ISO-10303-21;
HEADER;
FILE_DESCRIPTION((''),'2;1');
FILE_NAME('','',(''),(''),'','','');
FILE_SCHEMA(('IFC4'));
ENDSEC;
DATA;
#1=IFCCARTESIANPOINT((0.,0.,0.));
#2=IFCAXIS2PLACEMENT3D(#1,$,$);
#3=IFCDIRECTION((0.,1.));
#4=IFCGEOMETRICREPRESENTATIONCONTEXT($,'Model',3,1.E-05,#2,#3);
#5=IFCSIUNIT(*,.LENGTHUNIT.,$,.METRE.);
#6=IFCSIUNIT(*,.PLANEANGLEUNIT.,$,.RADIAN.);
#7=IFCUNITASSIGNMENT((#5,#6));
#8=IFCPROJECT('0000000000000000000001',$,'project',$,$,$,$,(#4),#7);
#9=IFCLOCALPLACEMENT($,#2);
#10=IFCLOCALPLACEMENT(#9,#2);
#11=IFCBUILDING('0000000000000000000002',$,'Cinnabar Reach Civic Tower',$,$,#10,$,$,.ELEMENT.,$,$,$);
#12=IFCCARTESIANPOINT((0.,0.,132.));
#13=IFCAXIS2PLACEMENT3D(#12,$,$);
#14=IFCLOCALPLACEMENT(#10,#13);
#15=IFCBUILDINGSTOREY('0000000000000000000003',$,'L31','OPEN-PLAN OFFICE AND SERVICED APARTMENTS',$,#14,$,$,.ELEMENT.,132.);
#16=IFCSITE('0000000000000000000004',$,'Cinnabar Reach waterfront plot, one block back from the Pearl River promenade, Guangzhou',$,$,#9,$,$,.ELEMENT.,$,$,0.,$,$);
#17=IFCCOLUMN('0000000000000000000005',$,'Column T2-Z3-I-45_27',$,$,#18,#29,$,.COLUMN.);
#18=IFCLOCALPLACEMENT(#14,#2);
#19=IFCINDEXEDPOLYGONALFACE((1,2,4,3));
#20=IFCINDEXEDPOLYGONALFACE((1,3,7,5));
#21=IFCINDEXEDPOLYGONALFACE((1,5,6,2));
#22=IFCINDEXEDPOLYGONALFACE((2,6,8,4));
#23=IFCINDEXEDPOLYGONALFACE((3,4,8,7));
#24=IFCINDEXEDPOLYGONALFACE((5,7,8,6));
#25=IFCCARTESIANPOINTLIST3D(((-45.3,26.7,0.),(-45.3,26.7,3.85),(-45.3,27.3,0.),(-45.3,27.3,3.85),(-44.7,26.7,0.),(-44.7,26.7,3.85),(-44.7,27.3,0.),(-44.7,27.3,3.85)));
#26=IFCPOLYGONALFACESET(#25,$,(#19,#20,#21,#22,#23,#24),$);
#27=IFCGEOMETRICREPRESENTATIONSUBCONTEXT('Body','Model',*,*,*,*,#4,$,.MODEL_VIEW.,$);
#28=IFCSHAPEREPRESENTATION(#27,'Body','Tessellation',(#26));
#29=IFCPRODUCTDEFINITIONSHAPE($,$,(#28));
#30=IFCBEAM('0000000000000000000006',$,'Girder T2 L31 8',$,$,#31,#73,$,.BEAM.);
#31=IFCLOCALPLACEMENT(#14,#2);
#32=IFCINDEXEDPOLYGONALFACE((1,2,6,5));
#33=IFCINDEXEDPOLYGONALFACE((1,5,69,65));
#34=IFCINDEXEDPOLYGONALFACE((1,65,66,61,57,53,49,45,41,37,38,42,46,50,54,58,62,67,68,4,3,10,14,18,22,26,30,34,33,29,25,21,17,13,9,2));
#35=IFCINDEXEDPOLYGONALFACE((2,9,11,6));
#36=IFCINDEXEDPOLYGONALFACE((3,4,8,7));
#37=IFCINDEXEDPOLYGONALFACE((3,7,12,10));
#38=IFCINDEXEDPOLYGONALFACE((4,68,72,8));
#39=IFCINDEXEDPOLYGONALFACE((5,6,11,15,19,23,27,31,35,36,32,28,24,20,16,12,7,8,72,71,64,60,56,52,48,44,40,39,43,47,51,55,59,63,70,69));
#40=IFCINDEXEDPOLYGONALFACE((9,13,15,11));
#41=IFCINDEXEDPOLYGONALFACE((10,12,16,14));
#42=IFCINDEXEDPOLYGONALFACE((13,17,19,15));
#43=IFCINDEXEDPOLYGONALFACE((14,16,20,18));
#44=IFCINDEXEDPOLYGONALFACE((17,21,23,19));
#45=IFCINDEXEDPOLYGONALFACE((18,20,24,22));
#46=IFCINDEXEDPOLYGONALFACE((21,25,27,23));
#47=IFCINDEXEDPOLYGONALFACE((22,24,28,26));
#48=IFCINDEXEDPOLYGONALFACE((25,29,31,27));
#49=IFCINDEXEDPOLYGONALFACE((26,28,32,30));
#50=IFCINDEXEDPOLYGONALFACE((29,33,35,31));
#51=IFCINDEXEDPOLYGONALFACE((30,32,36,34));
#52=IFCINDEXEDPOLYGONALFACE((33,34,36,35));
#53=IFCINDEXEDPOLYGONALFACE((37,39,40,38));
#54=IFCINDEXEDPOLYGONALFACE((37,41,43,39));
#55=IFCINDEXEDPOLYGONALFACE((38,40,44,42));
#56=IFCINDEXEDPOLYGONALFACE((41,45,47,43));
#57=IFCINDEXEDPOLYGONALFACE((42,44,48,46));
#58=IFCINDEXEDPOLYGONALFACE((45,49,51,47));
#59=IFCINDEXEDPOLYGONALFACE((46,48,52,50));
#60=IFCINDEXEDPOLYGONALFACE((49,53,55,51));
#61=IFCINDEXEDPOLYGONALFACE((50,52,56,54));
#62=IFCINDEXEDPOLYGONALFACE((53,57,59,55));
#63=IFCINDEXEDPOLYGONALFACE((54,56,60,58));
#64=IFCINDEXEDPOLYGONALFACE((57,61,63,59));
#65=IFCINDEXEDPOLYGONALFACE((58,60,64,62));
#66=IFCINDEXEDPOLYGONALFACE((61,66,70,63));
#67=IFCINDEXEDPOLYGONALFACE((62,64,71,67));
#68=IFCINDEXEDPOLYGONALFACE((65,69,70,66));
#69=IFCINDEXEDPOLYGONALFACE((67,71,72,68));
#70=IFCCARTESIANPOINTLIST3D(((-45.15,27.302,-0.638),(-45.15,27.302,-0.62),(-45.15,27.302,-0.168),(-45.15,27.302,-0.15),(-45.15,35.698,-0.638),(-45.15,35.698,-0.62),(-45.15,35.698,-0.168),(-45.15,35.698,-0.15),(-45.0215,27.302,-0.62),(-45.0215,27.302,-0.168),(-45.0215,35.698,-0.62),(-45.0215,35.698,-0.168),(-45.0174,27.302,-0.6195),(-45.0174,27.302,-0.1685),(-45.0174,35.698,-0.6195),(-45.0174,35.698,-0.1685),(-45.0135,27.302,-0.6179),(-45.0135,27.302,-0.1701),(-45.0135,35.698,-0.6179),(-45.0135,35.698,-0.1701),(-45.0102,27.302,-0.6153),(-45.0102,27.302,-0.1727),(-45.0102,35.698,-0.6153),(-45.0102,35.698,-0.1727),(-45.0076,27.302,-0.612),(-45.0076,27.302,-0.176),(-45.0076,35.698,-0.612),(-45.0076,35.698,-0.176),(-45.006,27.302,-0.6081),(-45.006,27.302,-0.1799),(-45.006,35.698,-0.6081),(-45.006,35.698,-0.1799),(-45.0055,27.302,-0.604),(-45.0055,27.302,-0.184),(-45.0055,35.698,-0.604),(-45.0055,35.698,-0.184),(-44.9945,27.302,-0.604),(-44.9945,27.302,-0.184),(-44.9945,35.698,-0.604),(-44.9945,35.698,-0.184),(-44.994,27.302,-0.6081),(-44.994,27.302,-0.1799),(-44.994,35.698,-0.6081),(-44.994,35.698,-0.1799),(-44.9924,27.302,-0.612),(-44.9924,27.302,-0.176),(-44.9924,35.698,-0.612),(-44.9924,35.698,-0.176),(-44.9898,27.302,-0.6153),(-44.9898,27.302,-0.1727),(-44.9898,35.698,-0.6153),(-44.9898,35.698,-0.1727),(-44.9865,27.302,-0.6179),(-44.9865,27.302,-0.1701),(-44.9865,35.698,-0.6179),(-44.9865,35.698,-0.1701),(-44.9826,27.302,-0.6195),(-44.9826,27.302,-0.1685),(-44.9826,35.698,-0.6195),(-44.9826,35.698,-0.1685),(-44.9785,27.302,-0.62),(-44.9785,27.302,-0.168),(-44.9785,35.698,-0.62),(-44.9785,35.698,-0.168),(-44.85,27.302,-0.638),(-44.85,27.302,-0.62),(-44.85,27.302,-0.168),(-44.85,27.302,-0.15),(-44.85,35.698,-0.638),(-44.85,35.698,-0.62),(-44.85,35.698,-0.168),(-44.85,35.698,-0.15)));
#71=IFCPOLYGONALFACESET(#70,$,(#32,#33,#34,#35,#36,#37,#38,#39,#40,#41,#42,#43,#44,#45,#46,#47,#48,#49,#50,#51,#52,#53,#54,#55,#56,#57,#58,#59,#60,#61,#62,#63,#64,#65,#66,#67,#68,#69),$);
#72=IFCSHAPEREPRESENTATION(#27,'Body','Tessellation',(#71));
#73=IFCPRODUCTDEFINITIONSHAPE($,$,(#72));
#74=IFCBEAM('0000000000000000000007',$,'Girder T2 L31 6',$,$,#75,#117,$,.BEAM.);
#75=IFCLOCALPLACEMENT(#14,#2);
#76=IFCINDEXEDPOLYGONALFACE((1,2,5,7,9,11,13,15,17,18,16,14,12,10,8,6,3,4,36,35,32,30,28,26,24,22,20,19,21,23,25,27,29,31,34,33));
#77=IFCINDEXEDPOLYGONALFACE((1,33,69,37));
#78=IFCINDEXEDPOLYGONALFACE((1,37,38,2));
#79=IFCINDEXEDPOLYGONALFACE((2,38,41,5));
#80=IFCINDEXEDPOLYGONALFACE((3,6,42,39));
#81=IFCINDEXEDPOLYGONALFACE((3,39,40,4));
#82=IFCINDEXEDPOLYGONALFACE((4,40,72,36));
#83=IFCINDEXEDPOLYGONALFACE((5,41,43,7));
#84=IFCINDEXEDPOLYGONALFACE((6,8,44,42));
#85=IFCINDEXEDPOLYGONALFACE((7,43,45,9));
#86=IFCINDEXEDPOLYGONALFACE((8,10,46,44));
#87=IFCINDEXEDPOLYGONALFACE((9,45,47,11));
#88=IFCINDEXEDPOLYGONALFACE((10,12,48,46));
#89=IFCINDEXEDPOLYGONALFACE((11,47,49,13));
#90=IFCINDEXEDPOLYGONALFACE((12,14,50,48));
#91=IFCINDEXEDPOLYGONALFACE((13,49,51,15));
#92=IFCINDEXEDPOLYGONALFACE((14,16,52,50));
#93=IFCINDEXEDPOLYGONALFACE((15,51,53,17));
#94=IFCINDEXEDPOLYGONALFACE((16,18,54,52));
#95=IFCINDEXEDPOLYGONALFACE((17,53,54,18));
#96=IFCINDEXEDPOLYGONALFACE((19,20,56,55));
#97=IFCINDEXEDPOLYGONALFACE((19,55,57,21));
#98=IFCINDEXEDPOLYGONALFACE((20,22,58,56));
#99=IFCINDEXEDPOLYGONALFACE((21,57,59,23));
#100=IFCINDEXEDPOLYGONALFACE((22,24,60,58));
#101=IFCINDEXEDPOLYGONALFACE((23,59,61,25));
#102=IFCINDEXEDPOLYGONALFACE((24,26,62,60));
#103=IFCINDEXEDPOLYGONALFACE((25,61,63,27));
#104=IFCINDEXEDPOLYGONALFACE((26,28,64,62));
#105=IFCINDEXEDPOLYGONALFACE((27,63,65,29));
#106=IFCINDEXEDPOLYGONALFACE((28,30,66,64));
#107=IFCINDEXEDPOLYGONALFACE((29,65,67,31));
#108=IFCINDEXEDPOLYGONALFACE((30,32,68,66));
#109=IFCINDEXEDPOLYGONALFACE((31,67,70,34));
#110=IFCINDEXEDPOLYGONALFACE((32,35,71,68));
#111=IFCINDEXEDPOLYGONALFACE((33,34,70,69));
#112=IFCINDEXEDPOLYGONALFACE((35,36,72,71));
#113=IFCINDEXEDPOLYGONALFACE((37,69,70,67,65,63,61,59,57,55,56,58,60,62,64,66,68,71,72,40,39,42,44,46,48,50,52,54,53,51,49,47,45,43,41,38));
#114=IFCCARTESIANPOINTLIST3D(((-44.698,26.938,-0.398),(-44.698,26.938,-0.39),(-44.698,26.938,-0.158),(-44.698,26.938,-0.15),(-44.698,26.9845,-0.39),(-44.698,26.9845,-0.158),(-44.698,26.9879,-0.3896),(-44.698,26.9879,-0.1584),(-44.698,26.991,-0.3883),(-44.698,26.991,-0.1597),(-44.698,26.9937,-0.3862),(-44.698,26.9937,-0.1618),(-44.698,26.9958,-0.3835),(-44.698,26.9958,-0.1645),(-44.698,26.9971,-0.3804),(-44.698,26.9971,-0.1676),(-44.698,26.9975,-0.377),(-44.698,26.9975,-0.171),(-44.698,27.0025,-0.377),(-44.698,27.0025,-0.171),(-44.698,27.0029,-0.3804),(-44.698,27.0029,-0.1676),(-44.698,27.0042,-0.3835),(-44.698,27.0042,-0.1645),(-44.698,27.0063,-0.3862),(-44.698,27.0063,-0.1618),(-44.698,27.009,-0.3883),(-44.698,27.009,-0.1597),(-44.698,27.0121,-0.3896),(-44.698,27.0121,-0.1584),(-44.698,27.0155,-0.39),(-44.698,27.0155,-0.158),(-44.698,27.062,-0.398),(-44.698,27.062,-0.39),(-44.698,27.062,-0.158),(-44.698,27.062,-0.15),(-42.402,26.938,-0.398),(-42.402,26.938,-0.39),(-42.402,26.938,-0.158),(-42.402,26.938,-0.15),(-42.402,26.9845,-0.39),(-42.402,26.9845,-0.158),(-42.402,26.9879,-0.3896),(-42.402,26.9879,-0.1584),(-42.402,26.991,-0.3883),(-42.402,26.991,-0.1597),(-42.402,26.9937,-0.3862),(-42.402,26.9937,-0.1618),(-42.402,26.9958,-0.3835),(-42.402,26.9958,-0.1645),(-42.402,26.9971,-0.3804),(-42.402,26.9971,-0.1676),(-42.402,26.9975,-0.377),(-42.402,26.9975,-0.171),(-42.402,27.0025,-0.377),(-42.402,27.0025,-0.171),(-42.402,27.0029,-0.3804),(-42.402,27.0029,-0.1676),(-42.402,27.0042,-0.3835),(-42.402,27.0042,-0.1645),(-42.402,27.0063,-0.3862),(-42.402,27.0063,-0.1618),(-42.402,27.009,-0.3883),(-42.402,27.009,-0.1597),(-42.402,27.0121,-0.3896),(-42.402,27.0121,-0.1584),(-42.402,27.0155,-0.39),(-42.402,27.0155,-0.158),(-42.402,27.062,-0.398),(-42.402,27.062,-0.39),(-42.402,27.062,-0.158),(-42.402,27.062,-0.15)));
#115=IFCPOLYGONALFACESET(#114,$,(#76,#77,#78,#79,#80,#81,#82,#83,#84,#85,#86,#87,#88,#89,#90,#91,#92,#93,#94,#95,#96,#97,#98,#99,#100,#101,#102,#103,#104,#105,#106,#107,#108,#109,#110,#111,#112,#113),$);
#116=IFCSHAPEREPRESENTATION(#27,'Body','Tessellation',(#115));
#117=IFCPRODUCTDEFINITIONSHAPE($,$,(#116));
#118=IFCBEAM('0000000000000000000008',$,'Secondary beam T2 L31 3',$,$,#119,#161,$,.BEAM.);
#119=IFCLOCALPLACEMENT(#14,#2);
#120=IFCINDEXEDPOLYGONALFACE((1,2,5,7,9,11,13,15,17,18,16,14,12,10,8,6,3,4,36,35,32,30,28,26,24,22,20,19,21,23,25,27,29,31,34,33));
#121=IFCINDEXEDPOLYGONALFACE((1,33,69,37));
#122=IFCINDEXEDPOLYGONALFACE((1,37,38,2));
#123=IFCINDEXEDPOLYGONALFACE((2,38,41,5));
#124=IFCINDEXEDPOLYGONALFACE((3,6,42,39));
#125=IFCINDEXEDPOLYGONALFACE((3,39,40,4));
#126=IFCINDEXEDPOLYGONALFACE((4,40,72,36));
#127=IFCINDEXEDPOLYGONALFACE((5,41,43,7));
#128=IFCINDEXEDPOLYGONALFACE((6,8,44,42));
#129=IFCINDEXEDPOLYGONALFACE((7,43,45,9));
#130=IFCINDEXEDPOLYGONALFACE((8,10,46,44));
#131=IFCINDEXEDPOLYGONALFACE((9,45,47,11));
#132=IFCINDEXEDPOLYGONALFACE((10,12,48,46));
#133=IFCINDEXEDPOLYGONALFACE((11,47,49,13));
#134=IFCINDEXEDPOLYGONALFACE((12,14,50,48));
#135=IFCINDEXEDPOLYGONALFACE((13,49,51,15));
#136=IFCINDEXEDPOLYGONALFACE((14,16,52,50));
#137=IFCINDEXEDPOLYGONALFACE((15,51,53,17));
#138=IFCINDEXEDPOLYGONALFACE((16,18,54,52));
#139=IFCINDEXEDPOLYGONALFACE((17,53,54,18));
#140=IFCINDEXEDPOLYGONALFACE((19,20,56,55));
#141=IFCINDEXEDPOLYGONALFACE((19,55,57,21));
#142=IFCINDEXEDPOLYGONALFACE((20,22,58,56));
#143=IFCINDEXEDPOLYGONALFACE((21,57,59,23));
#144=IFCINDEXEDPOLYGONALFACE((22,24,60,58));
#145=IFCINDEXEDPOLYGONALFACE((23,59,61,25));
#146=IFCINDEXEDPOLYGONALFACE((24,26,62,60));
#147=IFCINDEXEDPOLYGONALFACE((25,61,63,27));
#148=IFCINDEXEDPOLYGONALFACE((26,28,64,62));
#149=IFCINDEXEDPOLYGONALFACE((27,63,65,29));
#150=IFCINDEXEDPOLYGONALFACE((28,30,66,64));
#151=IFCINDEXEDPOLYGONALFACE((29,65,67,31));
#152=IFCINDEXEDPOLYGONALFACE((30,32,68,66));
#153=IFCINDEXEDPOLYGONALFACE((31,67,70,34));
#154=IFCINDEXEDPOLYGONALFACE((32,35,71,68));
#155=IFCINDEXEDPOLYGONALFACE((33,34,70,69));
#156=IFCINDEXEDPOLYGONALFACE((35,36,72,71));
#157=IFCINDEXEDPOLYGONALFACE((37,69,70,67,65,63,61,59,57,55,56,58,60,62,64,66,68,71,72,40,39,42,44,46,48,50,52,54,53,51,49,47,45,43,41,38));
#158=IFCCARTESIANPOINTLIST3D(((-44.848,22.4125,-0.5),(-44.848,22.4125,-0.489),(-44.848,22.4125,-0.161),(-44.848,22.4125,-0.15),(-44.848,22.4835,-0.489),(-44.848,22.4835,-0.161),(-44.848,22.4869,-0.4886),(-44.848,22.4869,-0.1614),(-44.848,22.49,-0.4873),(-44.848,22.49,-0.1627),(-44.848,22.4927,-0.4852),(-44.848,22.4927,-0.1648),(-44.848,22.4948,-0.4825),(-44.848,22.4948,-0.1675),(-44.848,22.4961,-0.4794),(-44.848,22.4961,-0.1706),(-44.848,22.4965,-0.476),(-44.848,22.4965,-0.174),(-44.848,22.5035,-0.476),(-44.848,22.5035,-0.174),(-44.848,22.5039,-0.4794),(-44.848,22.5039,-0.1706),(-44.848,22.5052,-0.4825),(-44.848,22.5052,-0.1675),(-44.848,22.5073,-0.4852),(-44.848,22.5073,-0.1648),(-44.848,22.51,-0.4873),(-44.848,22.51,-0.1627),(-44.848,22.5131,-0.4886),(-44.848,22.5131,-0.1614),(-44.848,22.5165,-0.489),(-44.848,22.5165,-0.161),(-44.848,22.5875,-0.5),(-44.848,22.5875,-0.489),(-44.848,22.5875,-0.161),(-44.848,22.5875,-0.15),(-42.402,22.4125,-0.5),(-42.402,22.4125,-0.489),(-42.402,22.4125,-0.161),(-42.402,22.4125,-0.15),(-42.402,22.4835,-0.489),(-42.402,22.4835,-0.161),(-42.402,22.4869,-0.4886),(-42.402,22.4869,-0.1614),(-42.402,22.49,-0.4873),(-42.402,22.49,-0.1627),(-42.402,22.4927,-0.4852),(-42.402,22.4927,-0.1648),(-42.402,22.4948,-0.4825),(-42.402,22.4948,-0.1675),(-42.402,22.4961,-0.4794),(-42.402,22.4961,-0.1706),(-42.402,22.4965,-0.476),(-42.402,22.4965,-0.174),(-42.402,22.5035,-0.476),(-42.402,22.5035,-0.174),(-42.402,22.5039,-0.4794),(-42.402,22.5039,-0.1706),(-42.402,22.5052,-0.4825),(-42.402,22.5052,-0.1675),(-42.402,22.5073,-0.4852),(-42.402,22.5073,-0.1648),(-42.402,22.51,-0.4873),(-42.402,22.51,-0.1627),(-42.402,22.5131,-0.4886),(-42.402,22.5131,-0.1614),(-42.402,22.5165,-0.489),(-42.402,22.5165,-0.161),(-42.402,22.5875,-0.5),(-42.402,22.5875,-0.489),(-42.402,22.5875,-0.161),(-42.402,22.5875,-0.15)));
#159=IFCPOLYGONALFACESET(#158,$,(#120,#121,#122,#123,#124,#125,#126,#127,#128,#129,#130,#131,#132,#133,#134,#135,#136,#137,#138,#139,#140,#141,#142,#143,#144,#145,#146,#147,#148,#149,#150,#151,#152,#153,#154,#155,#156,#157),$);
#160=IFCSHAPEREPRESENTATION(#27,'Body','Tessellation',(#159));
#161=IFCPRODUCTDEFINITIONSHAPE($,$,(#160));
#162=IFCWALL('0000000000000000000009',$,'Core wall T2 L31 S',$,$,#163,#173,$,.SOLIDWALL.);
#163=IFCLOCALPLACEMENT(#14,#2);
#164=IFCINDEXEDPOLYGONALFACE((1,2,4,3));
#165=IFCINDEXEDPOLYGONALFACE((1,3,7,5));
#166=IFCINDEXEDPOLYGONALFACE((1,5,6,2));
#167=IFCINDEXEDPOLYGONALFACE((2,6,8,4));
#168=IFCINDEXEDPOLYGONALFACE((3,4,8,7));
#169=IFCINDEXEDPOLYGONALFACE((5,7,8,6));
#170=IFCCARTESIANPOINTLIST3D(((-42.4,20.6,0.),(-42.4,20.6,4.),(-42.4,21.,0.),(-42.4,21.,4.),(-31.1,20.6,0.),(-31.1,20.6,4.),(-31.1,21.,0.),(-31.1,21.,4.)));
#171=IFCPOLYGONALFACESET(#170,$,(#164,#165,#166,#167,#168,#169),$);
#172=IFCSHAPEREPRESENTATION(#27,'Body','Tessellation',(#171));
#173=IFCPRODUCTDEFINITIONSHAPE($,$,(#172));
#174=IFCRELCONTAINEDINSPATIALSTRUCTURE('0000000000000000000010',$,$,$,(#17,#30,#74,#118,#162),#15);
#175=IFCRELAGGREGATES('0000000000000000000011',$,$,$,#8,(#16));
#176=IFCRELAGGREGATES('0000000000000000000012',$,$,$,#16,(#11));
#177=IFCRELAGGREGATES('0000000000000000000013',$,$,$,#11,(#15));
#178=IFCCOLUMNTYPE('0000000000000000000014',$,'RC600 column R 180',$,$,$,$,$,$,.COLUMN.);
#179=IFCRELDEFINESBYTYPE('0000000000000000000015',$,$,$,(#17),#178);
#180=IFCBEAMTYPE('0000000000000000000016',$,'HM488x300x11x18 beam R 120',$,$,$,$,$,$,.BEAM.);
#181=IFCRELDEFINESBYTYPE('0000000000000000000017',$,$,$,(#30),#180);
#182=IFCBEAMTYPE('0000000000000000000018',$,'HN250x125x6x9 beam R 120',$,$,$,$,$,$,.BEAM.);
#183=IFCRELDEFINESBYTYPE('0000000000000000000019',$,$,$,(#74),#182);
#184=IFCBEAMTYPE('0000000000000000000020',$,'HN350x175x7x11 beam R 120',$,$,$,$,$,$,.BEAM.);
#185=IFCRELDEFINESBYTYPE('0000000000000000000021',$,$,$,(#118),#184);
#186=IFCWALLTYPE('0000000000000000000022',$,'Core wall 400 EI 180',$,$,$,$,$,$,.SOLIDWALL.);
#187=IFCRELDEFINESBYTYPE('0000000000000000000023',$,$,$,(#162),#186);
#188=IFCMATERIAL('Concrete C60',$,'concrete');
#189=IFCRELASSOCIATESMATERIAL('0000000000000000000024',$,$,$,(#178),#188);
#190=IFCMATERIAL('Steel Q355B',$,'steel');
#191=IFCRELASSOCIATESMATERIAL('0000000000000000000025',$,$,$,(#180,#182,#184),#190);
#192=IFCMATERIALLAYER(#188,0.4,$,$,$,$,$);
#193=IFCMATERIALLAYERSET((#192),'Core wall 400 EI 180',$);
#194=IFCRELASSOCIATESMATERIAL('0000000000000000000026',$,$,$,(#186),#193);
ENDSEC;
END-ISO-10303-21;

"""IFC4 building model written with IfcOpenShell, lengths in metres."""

from ifc_helpers import new_model, si_unit, direction, frame, frame_2d, origin, origin_2d, place, context, subcontext, project, spatial, rectangle, i_section, extrude, material, layer, layer_set, material_profile, profile_set, type_object, element, save


model = new_model("IFC4")

# Units and contexts
model_context = context("Model", 3, precision=1e-05, world=origin(), true_north=direction((0.0, 1.0)))
body_context = subcontext(model_context, "Body", "Model", "MODEL_VIEW")
ifc_project = project(units=[si_unit("LENGTHUNIT", "METRE"), si_unit("PLANEANGLEUNIT", "RADIAN")], contexts=[model_context])

# Site, building, storey
site_placement = place(None, origin())
site = spatial("IfcSite", under=ifc_project, at=site_placement, Name="Cinnabar Reach waterfront plot, one block back from the Pearl River promenade, Guangzhou", CompositionType="ELEMENT", RefElevation=0.0)
building_placement = place(site_placement, origin())
building = spatial("IfcBuilding", under=site, at=building_placement, Name="Cinnabar Reach Civic Tower", CompositionType="ELEMENT")
storey_placement = place(building_placement, frame((0.0, 0.0, 132.0)))
storey = spatial("IfcBuildingStorey", under=building, at=storey_placement, Name="L31", Description="OPEN-PLAN OFFICE AND SERVICED APARTMENTS", CompositionType="ELEMENT", Elevation=132.0)

# Column
ifc_material_1 = material(Name="Concrete C60", Category="concrete")
ifc_material_profile_1 = material_profile(ifc_material_1, rectangle(XDim=0.6, YDim=0.6, at=origin_2d()), Name="RC600")
ifc_profile_set_1 = profile_set([ifc_material_profile_1], Name="Concrete C60")
column_type = type_object("IfcColumnType", Name="RC600 column R 180", PredefinedType="COLUMN", material=ifc_profile_set_1)
column_placement = place(storey_placement, frame((-45.0, 27.0, 0.0), z_axis=(0.0, 0.0, 1.0), x_axis=(1.0, 0.0, 0.0)))
element("IfcColumn", 1, at=column_placement, inside=storey, type_object=column_type, Name="Column T2-Z3-I-45_27", PredefinedType="COLUMN", context=body_context, shape_type="SweptSolid", body=[
    extrude(rectangle(XDim=0.6, YDim=0.6, at=origin_2d()), origin(), (0.0, 0.0, 1.0), 3.85),
])

# Beams
ifc_material_2 = material(Name="Steel Q355B", Category="steel")
ifc_material_profile_2 = material_profile(ifc_material_2, i_section(OverallWidth=0.3, OverallDepth=0.488, WebThickness=0.011, FlangeThickness=0.018, FilletRadius=0.016, at=origin_2d()), Name="HM488x300x11x18")
ifc_profile_set_2 = profile_set([ifc_material_profile_2], Name="Steel Q355B")
beam_type_1 = type_object("IfcBeamType", Name="HM488x300x11x18 beam R 120", PredefinedType="BEAM", material=ifc_profile_set_2)
beam_1_placement = place(storey_placement, frame((-45.0, 27.302, -0.394), z_axis=(0.0, 1.0, 0.0), x_axis=(-1.0, 0.0, 0.0)))
element("IfcBeam", 2, at=beam_1_placement, inside=storey, type_object=beam_type_1, Name="Girder T2 L31 8", PredefinedType="BEAM", context=body_context, shape_type="SweptSolid", body=[
    extrude(i_section(OverallWidth=0.3, OverallDepth=0.488, WebThickness=0.011, FlangeThickness=0.018, FilletRadius=0.016, at=origin_2d()), origin(), (0.0, 0.0, 1.0), 8.396),
])
ifc_material_profile_3 = material_profile(ifc_material_2, i_section(OverallWidth=0.124, OverallDepth=0.248, WebThickness=0.005, FlangeThickness=0.008, FilletRadius=0.013, at=origin_2d()), Name="HN250x125x6x9")
ifc_profile_set_3 = profile_set([ifc_material_profile_3], Name="Steel Q355B")
beam_type_2 = type_object("IfcBeamType", Name="HN250x125x6x9 beam R 120", PredefinedType="BEAM", material=ifc_profile_set_3)
beam_2_placement = place(storey_placement, frame((-44.698, 27.0, -0.274), z_axis=(1.0, 0.0, 0.0), x_axis=(0.0, 1.0, 0.0)))
element("IfcBeam", 3, at=beam_2_placement, inside=storey, type_object=beam_type_2, Name="Girder T2 L31 6", PredefinedType="BEAM", context=body_context, shape_type="SweptSolid", body=[
    extrude(i_section(OverallWidth=0.124, OverallDepth=0.248, WebThickness=0.005, FlangeThickness=0.008, FilletRadius=0.013, at=origin_2d()), origin(), (0.0, 0.0, 1.0), 2.296),
])
ifc_material_profile_4 = material_profile(ifc_material_2, i_section(OverallWidth=0.175, OverallDepth=0.35, WebThickness=0.007, FlangeThickness=0.011, FilletRadius=0.013, at=origin_2d()), Name="HN350x175x7x11")
ifc_profile_set_4 = profile_set([ifc_material_profile_4], Name="Steel Q355B")
beam_type_3 = type_object("IfcBeamType", Name="HN350x175x7x11 beam R 120", PredefinedType="BEAM", material=ifc_profile_set_4)
beam_3_placement = place(storey_placement, frame((-44.848, 22.5, -0.325), z_axis=(1.0, 0.0, 0.0), x_axis=(0.0, 1.0, 0.0)))
element("IfcBeam", 4, at=beam_3_placement, inside=storey, type_object=beam_type_3, Name="Secondary beam T2 L31 3", PredefinedType="BEAM", context=body_context, shape_type="SweptSolid", body=[
    extrude(i_section(OverallWidth=0.175, OverallDepth=0.35, WebThickness=0.007, FlangeThickness=0.011, FilletRadius=0.013, at=origin_2d()), origin(), (0.0, 0.0, 1.0), 2.446),
])

# Wall
ifc_layer_1 = layer(ifc_material_1, 0.4)
ifc_layer_set_1 = layer_set([ifc_layer_1], Name="Core wall 400 EI 180")
wall_type_1 = type_object("IfcWallType", Name="Core wall 400 EI 180", PredefinedType="SOLIDWALL", material=ifc_layer_set_1)
wall_1_placement = place(storey_placement, frame((-42.4, 20.8, 0.0), z_axis=(0.0, 0.0, 1.0), x_axis=(1.0, 0.0, 0.0)))
element("IfcWall", 5, at=wall_1_placement, inside=storey, type_object=wall_type_1, Name="Core wall T2 L31 S", PredefinedType="SOLIDWALL", context=body_context, shape_type="SweptSolid", body=[
    extrude(rectangle(XDim=11.3, YDim=0.4, at=frame_2d((5.65, 0.0))), origin(), (0.0, 0.0, 1.0), 4.0),
])

save(model, "model.ifc")
